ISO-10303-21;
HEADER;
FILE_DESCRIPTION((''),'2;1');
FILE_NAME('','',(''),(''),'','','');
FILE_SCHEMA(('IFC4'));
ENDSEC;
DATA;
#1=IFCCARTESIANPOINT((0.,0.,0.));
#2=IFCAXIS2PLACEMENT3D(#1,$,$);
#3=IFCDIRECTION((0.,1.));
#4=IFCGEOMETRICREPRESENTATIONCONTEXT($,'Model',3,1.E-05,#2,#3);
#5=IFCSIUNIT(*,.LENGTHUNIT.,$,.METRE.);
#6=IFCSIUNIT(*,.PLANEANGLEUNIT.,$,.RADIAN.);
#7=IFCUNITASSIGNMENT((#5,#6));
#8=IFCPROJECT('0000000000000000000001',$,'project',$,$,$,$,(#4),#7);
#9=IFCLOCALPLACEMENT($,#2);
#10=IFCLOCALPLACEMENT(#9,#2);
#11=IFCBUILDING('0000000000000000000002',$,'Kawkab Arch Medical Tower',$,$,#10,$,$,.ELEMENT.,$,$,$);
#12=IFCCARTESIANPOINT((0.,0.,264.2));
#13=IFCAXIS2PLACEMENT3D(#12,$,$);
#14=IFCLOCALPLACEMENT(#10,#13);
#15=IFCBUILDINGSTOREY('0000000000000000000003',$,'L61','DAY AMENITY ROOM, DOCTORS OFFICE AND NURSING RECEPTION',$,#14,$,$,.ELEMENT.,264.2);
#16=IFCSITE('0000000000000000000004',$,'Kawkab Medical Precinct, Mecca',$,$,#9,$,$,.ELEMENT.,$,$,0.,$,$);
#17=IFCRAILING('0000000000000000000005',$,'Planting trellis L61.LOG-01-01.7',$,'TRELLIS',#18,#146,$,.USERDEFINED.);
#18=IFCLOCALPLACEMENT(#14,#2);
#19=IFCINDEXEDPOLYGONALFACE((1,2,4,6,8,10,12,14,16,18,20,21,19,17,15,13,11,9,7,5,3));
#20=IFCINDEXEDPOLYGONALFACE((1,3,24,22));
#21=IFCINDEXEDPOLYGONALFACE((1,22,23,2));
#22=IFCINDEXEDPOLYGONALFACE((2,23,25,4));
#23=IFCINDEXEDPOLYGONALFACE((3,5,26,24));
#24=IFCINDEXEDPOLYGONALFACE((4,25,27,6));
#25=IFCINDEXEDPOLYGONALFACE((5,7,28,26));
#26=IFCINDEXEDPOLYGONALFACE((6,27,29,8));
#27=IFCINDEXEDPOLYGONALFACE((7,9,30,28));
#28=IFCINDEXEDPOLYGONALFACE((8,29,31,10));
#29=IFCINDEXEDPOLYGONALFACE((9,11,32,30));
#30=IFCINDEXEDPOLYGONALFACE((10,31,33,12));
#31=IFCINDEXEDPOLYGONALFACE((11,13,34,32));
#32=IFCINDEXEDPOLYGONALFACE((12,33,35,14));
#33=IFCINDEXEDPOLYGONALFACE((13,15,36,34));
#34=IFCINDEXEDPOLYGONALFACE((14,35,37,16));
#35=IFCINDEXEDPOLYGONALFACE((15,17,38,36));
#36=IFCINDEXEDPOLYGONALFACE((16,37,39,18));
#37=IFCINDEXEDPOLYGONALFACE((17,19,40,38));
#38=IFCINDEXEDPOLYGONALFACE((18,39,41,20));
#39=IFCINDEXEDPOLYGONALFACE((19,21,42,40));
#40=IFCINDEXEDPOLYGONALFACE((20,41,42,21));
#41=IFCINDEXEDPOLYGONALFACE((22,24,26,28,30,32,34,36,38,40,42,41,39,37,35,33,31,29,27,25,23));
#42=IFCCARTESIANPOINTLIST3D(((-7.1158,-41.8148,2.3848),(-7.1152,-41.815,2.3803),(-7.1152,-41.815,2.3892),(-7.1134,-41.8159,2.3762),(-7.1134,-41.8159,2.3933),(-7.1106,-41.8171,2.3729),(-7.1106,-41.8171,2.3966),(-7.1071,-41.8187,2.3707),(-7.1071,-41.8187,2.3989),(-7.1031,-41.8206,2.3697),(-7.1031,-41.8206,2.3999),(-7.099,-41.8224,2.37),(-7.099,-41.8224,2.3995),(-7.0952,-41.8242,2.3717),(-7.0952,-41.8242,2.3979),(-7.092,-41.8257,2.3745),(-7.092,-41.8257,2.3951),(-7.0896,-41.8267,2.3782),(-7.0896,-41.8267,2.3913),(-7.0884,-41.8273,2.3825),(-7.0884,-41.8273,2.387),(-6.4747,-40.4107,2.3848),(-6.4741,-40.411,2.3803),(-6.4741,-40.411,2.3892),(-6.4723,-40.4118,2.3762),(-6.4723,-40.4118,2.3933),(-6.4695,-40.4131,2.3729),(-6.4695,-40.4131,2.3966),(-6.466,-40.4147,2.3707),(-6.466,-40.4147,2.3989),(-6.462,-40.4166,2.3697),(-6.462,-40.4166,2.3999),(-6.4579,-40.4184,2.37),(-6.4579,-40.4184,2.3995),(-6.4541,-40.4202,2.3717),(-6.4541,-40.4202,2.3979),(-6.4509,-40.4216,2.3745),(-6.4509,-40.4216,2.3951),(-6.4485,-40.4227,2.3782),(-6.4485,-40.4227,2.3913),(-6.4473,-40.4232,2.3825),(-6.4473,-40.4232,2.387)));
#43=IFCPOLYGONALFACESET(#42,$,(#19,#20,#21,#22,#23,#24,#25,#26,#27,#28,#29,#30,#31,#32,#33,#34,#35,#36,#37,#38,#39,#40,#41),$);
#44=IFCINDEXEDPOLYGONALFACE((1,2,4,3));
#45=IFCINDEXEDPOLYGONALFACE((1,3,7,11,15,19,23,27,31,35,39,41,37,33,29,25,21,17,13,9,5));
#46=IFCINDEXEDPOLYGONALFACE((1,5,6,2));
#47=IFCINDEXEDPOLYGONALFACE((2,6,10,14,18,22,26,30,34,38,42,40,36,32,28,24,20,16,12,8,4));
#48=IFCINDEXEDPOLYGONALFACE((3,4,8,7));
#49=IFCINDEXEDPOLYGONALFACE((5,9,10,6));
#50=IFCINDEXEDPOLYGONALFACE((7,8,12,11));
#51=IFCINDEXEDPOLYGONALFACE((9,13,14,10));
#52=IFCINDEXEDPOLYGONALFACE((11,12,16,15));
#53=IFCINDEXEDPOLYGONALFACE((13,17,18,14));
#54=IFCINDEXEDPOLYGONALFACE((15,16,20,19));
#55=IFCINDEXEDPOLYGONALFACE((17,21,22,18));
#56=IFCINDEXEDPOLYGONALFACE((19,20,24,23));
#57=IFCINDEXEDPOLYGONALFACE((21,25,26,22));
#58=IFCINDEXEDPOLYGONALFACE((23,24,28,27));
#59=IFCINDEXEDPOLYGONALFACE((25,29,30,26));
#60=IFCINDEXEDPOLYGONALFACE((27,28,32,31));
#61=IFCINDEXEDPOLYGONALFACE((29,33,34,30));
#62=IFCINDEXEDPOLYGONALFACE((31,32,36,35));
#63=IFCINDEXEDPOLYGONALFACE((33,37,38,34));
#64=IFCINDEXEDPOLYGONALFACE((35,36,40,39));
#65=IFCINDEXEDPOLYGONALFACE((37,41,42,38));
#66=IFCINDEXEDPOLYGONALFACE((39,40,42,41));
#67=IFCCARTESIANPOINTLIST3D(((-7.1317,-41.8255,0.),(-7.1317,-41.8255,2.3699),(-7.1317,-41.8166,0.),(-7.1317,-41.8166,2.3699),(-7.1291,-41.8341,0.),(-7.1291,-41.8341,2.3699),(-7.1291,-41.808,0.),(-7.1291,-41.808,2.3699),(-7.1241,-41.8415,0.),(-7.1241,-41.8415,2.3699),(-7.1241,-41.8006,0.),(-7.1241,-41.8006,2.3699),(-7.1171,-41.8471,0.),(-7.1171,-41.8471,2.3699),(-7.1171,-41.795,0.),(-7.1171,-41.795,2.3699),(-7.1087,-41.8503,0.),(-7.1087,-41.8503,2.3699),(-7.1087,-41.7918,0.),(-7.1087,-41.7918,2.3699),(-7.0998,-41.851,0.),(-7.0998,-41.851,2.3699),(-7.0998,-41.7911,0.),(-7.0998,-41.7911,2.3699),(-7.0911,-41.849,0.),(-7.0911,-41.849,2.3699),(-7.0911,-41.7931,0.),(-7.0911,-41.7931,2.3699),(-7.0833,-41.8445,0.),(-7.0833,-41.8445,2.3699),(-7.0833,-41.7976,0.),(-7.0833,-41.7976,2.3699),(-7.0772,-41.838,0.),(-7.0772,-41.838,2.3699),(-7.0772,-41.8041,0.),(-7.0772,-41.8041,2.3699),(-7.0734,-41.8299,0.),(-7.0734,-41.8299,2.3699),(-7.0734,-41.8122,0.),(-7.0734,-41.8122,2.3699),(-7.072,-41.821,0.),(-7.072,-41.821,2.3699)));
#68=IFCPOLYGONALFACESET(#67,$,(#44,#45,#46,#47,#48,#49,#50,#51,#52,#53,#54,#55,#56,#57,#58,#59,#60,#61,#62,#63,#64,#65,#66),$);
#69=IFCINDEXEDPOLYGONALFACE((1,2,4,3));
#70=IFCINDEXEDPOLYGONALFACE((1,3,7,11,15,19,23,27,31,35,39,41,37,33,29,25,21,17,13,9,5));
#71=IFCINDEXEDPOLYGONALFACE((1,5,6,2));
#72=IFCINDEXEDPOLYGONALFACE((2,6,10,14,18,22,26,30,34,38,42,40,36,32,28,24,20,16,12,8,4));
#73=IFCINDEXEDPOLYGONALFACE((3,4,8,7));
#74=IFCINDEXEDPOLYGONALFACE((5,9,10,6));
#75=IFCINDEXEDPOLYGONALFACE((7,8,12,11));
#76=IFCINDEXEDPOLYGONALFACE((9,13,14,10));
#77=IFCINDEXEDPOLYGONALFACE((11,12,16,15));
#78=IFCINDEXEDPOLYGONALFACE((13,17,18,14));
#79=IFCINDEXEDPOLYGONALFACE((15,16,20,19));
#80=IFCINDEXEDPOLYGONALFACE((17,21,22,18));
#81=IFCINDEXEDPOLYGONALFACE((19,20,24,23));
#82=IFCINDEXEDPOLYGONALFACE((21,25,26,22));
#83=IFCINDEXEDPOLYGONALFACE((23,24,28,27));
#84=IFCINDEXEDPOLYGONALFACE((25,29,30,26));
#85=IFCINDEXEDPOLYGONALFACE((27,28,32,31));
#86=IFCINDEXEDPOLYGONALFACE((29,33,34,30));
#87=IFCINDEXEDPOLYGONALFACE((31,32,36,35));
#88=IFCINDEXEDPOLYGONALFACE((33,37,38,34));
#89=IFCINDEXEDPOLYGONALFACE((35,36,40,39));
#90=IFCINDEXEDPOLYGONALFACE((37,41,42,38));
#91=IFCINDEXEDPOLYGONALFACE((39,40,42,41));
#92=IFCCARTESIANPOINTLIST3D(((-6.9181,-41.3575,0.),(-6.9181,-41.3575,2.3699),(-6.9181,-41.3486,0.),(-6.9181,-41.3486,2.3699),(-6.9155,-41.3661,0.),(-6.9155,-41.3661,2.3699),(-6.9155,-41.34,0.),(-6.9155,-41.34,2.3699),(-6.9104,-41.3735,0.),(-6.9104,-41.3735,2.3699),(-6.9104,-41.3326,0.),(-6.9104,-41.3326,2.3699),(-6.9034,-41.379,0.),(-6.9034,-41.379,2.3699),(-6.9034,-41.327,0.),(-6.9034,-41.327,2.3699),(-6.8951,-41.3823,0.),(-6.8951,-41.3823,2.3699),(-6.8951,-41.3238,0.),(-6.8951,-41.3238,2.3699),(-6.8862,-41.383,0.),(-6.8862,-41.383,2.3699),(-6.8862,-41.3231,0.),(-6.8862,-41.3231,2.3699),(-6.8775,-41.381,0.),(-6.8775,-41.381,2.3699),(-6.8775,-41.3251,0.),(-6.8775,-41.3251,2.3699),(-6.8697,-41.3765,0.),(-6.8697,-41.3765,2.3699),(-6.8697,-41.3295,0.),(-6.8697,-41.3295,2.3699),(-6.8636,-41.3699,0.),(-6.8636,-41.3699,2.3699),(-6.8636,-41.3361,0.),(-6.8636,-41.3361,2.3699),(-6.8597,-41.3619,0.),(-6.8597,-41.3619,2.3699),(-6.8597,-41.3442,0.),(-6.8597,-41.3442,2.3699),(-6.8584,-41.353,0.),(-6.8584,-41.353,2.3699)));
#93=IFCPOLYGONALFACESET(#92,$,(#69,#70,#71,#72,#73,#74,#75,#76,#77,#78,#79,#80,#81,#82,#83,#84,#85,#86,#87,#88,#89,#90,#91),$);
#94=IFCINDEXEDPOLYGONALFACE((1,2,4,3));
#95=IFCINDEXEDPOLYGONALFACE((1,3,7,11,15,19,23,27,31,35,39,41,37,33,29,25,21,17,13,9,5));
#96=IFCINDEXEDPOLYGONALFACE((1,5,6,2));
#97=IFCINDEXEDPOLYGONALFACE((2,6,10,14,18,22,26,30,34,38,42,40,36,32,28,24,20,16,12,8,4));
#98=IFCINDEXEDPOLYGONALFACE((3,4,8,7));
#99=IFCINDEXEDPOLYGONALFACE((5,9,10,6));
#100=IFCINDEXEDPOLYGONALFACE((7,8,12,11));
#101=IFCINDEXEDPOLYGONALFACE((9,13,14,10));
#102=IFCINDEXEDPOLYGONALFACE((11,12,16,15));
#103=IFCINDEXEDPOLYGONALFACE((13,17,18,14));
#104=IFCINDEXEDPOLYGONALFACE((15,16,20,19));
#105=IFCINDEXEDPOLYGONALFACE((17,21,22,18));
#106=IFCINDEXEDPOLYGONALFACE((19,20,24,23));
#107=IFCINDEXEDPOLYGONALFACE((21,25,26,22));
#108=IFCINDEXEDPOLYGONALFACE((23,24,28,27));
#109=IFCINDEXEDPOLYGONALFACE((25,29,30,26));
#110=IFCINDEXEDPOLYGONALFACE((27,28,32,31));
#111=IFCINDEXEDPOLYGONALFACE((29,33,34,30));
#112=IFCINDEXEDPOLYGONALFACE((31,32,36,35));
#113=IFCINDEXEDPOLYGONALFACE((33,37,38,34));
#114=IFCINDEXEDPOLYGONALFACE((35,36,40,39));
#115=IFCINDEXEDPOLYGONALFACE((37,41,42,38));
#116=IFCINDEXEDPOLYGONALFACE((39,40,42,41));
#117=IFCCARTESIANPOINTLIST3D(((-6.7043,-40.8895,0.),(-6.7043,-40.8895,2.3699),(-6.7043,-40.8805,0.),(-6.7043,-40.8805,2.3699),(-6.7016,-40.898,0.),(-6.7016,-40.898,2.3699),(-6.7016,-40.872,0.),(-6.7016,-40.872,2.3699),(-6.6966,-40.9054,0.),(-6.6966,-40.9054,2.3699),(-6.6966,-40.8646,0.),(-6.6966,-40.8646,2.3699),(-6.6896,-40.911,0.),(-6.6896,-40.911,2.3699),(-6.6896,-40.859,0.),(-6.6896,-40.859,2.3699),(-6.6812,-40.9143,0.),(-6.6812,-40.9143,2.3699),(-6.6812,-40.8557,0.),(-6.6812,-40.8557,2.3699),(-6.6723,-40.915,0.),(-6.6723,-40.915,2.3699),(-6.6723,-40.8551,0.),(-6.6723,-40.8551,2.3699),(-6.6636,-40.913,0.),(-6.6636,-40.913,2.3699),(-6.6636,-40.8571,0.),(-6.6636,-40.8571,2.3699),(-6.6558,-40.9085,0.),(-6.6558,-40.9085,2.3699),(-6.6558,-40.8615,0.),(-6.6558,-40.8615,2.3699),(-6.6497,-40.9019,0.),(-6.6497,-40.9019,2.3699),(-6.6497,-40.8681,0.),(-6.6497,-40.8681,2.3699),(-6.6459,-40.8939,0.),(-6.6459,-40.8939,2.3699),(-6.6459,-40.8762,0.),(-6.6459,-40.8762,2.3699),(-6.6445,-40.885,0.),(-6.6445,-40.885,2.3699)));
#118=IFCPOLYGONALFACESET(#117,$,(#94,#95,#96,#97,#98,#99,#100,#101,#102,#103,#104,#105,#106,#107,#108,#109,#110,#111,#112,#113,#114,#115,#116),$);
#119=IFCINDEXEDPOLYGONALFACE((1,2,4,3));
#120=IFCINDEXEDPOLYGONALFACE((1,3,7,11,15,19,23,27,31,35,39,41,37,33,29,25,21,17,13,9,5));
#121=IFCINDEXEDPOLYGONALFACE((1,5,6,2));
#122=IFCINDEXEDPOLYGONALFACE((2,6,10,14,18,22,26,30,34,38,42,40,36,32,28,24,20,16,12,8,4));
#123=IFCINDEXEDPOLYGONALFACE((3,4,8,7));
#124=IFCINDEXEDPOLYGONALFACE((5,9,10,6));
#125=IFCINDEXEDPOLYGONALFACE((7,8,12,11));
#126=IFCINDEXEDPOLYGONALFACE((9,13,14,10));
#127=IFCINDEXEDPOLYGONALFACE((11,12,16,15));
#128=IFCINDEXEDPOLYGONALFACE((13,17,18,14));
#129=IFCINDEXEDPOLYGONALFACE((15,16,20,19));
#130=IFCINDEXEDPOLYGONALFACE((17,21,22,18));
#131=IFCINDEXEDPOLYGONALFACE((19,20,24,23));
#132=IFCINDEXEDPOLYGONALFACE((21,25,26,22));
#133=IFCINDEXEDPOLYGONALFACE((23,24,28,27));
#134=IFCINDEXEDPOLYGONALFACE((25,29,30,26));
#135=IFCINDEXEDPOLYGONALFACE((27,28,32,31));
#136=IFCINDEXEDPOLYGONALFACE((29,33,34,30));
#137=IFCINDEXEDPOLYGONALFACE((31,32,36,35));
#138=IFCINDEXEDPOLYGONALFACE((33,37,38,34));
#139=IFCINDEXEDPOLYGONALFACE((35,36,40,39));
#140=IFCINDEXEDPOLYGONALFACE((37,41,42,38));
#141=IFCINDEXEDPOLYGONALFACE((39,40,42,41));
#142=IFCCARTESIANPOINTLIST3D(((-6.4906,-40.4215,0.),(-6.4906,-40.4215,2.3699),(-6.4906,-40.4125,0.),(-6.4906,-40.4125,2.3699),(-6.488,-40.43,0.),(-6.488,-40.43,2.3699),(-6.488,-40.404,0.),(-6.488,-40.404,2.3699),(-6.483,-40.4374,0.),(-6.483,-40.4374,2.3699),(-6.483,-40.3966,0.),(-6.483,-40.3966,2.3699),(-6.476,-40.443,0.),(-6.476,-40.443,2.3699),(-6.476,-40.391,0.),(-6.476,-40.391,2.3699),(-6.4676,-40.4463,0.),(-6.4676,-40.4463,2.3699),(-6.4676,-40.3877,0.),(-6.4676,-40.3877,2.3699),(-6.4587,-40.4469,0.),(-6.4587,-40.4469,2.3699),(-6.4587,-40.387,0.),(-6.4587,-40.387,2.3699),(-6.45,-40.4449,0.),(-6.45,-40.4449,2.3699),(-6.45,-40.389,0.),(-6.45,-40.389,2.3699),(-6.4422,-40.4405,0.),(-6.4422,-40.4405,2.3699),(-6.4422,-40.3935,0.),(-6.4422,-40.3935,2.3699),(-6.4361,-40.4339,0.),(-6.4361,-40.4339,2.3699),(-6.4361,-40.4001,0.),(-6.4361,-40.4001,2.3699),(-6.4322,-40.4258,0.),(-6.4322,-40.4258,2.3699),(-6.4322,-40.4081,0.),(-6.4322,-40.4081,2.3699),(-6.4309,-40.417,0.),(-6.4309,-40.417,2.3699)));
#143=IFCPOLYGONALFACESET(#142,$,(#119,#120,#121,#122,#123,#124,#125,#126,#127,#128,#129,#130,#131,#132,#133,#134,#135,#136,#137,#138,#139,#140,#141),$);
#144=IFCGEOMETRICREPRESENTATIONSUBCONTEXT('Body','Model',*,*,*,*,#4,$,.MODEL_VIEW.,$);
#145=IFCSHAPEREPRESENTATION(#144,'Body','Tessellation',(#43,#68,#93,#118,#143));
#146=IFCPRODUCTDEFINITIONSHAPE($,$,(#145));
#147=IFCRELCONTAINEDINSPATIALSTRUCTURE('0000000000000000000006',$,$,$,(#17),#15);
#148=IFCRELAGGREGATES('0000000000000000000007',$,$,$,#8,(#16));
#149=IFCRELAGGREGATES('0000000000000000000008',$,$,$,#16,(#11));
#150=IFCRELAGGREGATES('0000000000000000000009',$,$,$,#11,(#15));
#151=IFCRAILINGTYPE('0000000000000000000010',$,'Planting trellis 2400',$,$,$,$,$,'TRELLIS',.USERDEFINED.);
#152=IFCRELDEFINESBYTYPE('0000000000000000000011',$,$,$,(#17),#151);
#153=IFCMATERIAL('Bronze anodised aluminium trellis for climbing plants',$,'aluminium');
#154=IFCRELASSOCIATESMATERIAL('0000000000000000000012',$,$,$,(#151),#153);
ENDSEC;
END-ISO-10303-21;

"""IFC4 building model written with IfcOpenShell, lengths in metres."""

from ifc_helpers import new_model, si_unit, direction, frame, origin, origin_2d, place, context, subcontext, project, spatial, circle, extrude, material, type_object, element, save


model = new_model("IFC4")

# Units and contexts
model_context = context("Model", 3, precision=1e-05, world=origin(), true_north=direction((0.0, 1.0)))
body_context = subcontext(model_context, "Body", "Model", "MODEL_VIEW")
ifc_project = project(units=[si_unit("LENGTHUNIT", "METRE"), si_unit("PLANEANGLEUNIT", "RADIAN")], contexts=[model_context])

# Site, building, storey
site_placement = place(None, origin())
site = spatial("IfcSite", under=ifc_project, at=site_placement, Name="Kawkab Medical Precinct, Mecca", CompositionType="ELEMENT", RefElevation=0.0)
building_placement = place(site_placement, origin())
building = spatial("IfcBuilding", under=site, at=building_placement, Name="Kawkab Arch Medical Tower", CompositionType="ELEMENT")
storey_placement = place(building_placement, frame((0.0, 0.0, 264.2)))
storey = spatial("IfcBuildingStorey", under=building, at=storey_placement, Name="L61", Description="DAY AMENITY ROOM, DOCTORS OFFICE AND NURSING RECEPTION", CompositionType="ELEMENT", Elevation=264.2)

# Railing
ifc_material_1 = material(Name="Bronze anodised aluminium trellis for climbing plants", Category="aluminium")
railing_type_1 = type_object("IfcRailingType", Name="Planting trellis 2400", ElementType="TRELLIS", PredefinedType="USERDEFINED", material=ifc_material_1)
railing_1_placement = place(storey_placement, frame((-7.1021, -41.821, 0.0)))
element("IfcRailing", 1, at=railing_1_placement, inside=storey, type_object=railing_type_1, Name="Planting trellis L61.LOG-01-01.7", ObjectType="TRELLIS", PredefinedType="USERDEFINED", context=body_context, shape_type="SweptSolid", body=[
    extrude(circle(Radius=0.0151, at=origin_2d()), frame((0.0, 0.0, 2.3848), z_axis=(0.415363, 0.909656, 0.0), x_axis=(-0.909656, 0.415363, 0.0)), (0.0, 0.0, 1.0), 1.5435),
    extrude(circle(Radius=0.03, at=origin_2d()), origin(), (0.0, 0.0, 1.0), 2.3699),
    extrude(circle(Radius=0.03, at=origin_2d()), frame((0.2136, 0.468, 0.0)), (0.0, 0.0, 1.0), 2.3699),
    extrude(circle(Radius=0.03, at=origin_2d()), frame((0.4275, 0.936, 0.0)), (0.0, 0.0, 1.0), 2.3699),
    extrude(circle(Radius=0.03, at=origin_2d()), frame((0.6411, 1.4041, 0.0)), (0.0, 0.0, 1.0), 2.3699),
])

save(model, "model.ifc")
